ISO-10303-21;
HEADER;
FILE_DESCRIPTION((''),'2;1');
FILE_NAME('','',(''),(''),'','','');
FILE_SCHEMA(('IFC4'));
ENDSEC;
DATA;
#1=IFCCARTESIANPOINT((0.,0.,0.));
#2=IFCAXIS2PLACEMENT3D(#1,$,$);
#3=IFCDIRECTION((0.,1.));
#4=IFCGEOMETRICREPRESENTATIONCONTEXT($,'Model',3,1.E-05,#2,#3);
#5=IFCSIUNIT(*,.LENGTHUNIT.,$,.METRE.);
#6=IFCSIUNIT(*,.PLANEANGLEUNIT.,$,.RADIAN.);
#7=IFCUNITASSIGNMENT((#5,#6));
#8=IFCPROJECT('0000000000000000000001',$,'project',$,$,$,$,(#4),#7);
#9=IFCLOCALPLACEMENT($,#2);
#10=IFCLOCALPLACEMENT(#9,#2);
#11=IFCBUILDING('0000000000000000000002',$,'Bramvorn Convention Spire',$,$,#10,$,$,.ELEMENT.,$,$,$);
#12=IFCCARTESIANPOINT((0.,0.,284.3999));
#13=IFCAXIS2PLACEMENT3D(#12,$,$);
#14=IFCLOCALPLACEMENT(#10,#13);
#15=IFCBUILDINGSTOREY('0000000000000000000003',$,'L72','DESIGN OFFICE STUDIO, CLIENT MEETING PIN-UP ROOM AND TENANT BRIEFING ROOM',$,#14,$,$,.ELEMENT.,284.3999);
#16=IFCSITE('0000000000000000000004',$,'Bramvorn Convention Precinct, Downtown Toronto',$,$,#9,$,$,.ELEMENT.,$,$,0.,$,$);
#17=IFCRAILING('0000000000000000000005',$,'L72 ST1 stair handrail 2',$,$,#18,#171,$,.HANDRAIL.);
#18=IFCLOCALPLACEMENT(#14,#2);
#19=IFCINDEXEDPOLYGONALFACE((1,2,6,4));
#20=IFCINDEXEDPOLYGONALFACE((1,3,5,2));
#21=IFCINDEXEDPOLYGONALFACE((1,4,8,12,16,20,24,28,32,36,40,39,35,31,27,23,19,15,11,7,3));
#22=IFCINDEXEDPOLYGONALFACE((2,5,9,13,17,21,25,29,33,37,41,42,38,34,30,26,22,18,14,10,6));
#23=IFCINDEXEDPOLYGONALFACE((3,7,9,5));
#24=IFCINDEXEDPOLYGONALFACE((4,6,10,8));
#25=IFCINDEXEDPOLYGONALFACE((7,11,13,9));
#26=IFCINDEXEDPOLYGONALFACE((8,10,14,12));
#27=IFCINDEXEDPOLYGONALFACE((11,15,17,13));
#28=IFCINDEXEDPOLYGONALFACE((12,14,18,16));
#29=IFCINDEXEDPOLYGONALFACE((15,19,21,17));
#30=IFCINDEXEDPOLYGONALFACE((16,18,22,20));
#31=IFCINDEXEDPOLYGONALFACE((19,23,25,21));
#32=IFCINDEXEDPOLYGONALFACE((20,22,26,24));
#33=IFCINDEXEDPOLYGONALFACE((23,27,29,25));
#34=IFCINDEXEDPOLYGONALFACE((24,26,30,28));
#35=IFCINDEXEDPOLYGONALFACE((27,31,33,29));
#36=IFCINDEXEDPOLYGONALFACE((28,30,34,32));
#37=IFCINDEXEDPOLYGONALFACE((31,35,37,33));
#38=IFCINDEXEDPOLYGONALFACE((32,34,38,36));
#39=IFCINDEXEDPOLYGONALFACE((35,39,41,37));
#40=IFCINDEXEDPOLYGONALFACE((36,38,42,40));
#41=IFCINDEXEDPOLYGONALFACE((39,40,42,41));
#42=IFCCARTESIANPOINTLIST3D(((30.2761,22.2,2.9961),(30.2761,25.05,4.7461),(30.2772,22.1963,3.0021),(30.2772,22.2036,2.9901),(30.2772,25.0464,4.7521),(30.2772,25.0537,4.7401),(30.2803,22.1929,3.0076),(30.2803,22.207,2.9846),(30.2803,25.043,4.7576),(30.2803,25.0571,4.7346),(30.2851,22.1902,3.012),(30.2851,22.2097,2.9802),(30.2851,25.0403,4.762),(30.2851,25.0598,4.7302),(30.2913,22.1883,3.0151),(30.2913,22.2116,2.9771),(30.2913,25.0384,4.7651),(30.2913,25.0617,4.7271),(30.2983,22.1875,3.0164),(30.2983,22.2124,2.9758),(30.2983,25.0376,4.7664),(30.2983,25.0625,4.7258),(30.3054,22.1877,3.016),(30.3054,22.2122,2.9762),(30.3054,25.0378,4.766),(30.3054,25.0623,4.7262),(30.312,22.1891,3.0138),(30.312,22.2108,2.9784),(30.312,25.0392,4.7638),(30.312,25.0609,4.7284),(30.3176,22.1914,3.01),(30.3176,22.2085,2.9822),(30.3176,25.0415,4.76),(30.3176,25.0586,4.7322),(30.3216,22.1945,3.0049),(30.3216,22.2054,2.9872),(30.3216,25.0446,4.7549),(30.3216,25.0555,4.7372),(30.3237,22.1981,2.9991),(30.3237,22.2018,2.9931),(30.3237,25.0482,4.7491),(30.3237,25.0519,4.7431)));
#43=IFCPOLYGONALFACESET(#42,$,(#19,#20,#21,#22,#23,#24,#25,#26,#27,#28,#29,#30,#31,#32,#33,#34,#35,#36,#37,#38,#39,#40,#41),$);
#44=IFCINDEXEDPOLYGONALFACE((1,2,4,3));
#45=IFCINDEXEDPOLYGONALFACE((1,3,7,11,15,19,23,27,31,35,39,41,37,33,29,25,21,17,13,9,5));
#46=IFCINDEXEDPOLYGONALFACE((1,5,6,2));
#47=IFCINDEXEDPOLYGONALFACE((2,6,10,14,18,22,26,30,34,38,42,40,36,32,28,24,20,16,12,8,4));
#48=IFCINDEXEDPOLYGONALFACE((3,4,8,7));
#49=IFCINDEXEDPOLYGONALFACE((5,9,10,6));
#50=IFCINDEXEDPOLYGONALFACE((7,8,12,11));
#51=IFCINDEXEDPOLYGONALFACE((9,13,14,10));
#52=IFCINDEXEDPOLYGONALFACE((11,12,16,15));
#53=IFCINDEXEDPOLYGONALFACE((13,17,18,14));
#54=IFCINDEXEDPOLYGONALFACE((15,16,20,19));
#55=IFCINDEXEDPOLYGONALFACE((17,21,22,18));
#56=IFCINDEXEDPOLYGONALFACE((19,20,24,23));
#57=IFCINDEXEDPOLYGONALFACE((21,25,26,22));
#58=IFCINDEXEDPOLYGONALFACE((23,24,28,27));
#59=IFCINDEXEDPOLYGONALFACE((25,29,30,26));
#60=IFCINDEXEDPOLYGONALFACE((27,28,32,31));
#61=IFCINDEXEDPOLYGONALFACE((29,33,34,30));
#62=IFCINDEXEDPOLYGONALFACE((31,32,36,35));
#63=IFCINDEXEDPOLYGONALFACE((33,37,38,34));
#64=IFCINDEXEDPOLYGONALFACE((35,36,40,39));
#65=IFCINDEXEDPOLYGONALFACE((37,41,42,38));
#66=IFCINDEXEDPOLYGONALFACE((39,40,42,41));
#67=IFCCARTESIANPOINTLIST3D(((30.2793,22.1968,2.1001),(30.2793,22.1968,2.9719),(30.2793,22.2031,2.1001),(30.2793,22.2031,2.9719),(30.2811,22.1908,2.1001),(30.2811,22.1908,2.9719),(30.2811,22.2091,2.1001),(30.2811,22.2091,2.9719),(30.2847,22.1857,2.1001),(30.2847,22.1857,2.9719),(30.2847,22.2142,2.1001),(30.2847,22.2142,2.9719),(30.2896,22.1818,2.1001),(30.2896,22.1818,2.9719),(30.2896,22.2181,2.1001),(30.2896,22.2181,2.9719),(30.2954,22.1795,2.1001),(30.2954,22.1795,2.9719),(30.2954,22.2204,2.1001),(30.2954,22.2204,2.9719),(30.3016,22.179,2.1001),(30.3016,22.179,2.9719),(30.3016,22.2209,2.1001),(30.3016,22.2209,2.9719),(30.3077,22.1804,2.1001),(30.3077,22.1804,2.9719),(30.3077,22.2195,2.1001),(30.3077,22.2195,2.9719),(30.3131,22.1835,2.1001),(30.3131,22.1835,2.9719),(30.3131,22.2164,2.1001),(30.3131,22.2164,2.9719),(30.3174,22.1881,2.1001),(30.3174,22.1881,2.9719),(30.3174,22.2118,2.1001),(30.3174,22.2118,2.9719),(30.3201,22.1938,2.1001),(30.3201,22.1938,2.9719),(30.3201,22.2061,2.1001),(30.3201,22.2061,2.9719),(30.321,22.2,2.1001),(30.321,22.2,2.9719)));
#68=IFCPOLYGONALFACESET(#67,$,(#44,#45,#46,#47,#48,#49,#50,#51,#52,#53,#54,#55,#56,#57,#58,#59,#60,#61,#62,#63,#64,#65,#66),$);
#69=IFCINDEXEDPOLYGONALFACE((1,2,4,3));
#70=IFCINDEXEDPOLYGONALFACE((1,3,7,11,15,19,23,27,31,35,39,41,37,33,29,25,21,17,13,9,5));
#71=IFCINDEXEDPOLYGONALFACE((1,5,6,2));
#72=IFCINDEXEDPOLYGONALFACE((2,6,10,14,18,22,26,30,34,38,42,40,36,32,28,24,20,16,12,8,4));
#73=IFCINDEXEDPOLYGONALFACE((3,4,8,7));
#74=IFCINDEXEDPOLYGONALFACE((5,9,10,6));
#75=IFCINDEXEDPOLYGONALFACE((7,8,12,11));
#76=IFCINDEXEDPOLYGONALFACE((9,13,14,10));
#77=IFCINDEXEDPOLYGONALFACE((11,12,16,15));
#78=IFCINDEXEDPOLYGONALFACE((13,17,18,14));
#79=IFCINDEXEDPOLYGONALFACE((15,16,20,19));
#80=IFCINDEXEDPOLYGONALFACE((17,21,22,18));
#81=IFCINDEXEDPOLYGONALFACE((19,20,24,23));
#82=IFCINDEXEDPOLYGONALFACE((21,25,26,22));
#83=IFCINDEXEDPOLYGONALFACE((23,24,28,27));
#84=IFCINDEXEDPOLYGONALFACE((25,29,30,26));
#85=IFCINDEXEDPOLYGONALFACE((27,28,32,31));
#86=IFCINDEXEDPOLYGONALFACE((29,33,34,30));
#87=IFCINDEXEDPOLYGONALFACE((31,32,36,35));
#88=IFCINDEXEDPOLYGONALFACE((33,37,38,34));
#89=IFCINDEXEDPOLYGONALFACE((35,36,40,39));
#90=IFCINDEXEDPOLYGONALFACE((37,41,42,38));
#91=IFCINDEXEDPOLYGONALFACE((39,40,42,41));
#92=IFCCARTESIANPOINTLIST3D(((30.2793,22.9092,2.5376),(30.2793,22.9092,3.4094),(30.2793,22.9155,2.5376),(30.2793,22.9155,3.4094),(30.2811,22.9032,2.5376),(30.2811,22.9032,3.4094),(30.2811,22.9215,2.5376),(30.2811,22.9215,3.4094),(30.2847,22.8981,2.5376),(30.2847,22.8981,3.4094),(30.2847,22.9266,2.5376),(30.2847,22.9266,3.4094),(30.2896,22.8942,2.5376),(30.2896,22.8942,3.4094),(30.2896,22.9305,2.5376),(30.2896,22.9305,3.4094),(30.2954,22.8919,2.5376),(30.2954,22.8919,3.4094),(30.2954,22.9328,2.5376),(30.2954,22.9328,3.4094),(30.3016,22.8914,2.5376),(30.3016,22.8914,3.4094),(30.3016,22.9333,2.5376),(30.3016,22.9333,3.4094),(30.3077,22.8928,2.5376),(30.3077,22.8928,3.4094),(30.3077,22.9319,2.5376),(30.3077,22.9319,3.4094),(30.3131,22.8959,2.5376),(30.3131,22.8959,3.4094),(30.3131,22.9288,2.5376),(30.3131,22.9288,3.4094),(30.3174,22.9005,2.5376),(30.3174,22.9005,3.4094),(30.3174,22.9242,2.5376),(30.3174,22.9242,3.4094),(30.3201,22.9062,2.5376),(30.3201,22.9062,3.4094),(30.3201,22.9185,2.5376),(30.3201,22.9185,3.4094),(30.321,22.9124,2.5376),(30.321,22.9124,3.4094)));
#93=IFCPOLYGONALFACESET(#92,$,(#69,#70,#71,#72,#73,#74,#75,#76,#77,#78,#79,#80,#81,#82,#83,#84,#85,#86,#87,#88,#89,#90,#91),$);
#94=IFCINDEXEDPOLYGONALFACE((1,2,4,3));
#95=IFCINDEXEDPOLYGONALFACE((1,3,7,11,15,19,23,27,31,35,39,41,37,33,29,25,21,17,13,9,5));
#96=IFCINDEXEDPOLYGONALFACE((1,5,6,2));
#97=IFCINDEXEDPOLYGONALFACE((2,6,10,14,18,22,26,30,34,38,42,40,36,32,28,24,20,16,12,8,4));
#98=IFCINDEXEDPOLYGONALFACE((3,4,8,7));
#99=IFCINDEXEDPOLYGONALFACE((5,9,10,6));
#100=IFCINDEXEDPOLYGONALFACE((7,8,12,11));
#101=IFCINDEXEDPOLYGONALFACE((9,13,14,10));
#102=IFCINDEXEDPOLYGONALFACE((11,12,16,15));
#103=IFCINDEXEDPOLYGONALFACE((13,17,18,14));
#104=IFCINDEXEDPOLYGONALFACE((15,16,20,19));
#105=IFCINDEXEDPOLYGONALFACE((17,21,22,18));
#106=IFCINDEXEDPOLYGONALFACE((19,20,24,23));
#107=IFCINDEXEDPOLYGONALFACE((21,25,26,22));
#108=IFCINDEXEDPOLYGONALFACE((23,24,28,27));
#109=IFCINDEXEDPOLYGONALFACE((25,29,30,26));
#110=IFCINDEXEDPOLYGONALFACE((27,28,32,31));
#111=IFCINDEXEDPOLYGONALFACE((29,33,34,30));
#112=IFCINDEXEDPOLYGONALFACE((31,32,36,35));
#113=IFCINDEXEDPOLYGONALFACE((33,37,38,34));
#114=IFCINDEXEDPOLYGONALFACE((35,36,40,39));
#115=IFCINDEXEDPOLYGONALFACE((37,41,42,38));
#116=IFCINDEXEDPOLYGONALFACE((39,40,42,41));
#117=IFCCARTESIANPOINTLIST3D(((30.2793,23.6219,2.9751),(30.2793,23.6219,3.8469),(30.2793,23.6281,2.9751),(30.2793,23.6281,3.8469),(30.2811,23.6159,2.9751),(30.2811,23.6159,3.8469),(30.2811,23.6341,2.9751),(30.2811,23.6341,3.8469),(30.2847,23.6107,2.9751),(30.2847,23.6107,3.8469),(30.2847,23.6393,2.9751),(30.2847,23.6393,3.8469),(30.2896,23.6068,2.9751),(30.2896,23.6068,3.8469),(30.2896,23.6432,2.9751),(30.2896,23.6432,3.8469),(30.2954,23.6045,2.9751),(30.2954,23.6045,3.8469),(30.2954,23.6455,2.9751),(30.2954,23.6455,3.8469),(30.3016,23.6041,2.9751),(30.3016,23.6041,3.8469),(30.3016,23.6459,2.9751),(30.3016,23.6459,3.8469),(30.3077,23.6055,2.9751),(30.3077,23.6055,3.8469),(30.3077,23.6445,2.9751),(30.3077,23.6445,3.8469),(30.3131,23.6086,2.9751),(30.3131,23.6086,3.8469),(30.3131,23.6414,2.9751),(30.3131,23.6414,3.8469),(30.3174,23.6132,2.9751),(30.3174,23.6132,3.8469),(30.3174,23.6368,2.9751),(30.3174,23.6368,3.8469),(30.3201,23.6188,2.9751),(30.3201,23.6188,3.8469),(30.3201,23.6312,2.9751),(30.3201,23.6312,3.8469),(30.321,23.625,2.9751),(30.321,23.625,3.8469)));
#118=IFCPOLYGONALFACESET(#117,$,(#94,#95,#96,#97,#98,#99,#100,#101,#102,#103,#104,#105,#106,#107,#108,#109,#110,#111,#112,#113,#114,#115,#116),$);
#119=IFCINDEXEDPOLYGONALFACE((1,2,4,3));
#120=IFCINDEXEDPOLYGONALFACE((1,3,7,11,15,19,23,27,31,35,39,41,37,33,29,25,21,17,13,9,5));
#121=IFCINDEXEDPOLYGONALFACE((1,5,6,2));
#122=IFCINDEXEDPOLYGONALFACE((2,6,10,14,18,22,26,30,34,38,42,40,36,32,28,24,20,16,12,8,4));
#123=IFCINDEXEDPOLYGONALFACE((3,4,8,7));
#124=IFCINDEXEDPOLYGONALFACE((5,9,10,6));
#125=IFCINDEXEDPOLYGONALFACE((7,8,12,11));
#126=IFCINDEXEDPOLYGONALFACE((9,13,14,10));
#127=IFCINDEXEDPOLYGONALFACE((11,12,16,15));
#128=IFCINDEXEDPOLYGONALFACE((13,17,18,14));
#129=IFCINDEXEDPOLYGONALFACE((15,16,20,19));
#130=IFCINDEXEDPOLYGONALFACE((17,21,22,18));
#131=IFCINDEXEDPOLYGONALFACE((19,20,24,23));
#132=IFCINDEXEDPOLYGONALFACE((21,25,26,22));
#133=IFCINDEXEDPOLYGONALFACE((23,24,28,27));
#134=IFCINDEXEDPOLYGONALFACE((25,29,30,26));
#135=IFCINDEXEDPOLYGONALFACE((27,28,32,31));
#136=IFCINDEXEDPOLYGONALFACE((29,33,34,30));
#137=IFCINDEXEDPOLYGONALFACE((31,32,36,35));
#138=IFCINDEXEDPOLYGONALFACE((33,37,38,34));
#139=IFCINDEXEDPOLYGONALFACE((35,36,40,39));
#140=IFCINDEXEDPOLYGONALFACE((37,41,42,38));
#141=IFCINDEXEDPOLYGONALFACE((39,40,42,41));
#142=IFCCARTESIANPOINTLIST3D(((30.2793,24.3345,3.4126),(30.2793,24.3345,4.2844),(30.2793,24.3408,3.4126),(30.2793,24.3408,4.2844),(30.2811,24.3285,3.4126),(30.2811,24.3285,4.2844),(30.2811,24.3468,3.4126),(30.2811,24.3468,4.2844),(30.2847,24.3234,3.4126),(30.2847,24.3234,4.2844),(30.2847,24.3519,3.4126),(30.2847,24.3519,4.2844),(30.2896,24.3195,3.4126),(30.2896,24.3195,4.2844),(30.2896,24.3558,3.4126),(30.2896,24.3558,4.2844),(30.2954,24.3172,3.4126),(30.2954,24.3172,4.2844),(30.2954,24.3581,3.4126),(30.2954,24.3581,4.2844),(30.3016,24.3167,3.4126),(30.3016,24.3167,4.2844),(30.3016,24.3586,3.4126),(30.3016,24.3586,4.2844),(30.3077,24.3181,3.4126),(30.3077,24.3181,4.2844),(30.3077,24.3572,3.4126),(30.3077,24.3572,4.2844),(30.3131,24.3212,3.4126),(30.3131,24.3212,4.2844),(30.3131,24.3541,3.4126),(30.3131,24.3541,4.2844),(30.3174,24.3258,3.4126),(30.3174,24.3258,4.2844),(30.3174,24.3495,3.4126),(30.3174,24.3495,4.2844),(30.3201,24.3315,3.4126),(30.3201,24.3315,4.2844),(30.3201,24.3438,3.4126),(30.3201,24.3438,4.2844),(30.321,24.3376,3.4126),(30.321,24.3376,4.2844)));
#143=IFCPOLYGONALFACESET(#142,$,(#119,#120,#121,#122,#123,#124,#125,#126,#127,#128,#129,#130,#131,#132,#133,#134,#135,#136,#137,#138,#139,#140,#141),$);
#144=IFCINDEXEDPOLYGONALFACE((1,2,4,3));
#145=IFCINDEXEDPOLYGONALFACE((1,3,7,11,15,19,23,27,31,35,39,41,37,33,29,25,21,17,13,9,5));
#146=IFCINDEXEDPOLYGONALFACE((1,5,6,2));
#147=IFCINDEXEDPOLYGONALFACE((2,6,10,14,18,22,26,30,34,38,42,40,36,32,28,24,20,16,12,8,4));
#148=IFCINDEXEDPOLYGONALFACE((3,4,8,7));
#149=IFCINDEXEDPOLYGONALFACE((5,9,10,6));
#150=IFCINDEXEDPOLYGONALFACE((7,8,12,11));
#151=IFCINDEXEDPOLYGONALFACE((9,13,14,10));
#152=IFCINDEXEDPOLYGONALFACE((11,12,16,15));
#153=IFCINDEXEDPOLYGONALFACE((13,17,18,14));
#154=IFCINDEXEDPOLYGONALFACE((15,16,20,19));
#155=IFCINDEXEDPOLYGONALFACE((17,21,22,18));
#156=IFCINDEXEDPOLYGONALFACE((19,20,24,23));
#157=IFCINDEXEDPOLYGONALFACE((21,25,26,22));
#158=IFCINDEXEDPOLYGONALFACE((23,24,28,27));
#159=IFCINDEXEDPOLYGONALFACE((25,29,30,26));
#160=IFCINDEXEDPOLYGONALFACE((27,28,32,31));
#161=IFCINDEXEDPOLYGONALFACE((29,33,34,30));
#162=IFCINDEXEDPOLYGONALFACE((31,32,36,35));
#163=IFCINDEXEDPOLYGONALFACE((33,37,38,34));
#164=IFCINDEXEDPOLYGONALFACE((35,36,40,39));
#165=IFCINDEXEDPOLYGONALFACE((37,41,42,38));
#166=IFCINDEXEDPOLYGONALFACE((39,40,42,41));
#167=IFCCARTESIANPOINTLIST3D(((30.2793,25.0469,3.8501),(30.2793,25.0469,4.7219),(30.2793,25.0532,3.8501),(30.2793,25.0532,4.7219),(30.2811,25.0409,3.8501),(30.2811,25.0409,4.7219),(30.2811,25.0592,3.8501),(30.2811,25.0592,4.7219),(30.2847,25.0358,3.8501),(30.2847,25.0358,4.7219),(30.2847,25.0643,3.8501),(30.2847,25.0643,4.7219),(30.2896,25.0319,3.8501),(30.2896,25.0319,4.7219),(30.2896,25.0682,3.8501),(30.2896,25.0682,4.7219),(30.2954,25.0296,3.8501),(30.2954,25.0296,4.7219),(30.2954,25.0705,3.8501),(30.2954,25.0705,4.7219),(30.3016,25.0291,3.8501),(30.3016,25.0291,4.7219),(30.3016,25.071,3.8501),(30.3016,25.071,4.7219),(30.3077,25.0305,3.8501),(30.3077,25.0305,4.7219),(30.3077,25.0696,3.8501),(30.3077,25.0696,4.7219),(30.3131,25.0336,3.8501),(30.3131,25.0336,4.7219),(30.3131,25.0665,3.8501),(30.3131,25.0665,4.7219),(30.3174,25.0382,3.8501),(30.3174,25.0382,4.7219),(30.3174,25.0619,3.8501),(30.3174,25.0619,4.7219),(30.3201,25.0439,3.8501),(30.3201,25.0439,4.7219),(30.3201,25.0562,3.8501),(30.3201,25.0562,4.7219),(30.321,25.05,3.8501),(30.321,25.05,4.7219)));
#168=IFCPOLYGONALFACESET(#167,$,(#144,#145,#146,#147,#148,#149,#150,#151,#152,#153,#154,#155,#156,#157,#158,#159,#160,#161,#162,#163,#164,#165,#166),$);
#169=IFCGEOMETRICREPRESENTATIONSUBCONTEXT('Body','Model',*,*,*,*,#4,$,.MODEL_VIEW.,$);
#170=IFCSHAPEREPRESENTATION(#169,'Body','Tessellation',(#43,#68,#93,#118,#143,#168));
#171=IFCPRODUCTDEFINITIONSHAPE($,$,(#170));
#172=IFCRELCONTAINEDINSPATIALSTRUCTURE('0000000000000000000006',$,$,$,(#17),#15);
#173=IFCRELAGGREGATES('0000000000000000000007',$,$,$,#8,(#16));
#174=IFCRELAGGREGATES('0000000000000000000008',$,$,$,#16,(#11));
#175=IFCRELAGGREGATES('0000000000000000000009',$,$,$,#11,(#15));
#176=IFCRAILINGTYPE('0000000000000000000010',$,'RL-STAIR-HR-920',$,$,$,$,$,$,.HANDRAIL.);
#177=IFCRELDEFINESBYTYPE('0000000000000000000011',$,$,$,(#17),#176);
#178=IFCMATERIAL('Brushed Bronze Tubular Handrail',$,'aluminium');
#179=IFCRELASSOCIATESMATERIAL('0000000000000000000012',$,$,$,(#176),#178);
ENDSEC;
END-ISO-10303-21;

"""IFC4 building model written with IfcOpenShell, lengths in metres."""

from ifc_helpers import new_model, si_unit, direction, frame, origin, origin_2d, place, context, subcontext, project, spatial, circle, extrude, material, type_object, element, save


model = new_model("IFC4")

# Units and contexts
model_context = context("Model", 3, precision=1e-05, world=origin(), true_north=direction((0.0, 1.0)))
body_context = subcontext(model_context, "Body", "Model", "MODEL_VIEW")
ifc_project = project(units=[si_unit("LENGTHUNIT", "METRE"), si_unit("PLANEANGLEUNIT", "RADIAN")], contexts=[model_context])

# Site, building, storey
site_placement = place(None, origin())
site = spatial("IfcSite", under=ifc_project, at=site_placement, Name="Bramvorn Convention Precinct, Downtown Toronto", CompositionType="ELEMENT", RefElevation=0.0)
building_placement = place(site_placement, origin())
building = spatial("IfcBuilding", under=site, at=building_placement, Name="Bramvorn Convention Spire", CompositionType="ELEMENT")
storey_placement = place(building_placement, frame((0.0, 0.0, 284.3999)))
storey = spatial("IfcBuildingStorey", under=building, at=storey_placement, Name="L72", Description="DESIGN OFFICE STUDIO, CLIENT MEETING PIN-UP ROOM AND TENANT BRIEFING ROOM", CompositionType="ELEMENT", Elevation=284.3999)

# Railing
ifc_material_1 = material(Name="Brushed Bronze Tubular Handrail", Category="aluminium")
railing_type_1 = type_object("IfcRailingType", Name="RL-STAIR-HR-920", PredefinedType="HANDRAIL", material=ifc_material_1)
for number, where, name in (
    (1, (30.3, 22.2, 2.1001), "L72 ST1 stair handrail 2"),
):
    element("IfcRailing", number, at=place(storey_placement, frame(where)), inside=storey, type_object=railing_type_1, Name=name, PredefinedType="HANDRAIL", context=body_context, shape_type="SweptSolid", body=[
        extrude(circle(Radius=0.0239, at=origin_2d()), frame((0.0, 0.0, 0.896), z_axis=(0.0, 0.852179, 0.52325), x_axis=(-1.0, 0.0, 0.0)), (0.0, 0.0, 1.0), 3.3445),
        extrude(circle(Radius=0.021, at=origin_2d()), origin(), (0.0, 0.0, 1.0), 0.8718),
        extrude(circle(Radius=0.021, at=origin_2d()), frame((0.0, 0.7124, 0.4375)), (0.0, 0.0, 1.0), 0.8718),
        extrude(circle(Radius=0.021, at=origin_2d()), frame((0.0, 1.425, 0.875)), (0.0, 0.0, 1.0), 0.8718),
        extrude(circle(Radius=0.021, at=origin_2d()), frame((0.0, 2.1377, 1.3125)), (0.0, 0.0, 1.0), 0.8718),
        extrude(circle(Radius=0.021, at=origin_2d()), frame((0.0, 2.8501, 1.75)), (0.0, 0.0, 1.0), 0.8718),
    ])

save(model, "model.ifc")
